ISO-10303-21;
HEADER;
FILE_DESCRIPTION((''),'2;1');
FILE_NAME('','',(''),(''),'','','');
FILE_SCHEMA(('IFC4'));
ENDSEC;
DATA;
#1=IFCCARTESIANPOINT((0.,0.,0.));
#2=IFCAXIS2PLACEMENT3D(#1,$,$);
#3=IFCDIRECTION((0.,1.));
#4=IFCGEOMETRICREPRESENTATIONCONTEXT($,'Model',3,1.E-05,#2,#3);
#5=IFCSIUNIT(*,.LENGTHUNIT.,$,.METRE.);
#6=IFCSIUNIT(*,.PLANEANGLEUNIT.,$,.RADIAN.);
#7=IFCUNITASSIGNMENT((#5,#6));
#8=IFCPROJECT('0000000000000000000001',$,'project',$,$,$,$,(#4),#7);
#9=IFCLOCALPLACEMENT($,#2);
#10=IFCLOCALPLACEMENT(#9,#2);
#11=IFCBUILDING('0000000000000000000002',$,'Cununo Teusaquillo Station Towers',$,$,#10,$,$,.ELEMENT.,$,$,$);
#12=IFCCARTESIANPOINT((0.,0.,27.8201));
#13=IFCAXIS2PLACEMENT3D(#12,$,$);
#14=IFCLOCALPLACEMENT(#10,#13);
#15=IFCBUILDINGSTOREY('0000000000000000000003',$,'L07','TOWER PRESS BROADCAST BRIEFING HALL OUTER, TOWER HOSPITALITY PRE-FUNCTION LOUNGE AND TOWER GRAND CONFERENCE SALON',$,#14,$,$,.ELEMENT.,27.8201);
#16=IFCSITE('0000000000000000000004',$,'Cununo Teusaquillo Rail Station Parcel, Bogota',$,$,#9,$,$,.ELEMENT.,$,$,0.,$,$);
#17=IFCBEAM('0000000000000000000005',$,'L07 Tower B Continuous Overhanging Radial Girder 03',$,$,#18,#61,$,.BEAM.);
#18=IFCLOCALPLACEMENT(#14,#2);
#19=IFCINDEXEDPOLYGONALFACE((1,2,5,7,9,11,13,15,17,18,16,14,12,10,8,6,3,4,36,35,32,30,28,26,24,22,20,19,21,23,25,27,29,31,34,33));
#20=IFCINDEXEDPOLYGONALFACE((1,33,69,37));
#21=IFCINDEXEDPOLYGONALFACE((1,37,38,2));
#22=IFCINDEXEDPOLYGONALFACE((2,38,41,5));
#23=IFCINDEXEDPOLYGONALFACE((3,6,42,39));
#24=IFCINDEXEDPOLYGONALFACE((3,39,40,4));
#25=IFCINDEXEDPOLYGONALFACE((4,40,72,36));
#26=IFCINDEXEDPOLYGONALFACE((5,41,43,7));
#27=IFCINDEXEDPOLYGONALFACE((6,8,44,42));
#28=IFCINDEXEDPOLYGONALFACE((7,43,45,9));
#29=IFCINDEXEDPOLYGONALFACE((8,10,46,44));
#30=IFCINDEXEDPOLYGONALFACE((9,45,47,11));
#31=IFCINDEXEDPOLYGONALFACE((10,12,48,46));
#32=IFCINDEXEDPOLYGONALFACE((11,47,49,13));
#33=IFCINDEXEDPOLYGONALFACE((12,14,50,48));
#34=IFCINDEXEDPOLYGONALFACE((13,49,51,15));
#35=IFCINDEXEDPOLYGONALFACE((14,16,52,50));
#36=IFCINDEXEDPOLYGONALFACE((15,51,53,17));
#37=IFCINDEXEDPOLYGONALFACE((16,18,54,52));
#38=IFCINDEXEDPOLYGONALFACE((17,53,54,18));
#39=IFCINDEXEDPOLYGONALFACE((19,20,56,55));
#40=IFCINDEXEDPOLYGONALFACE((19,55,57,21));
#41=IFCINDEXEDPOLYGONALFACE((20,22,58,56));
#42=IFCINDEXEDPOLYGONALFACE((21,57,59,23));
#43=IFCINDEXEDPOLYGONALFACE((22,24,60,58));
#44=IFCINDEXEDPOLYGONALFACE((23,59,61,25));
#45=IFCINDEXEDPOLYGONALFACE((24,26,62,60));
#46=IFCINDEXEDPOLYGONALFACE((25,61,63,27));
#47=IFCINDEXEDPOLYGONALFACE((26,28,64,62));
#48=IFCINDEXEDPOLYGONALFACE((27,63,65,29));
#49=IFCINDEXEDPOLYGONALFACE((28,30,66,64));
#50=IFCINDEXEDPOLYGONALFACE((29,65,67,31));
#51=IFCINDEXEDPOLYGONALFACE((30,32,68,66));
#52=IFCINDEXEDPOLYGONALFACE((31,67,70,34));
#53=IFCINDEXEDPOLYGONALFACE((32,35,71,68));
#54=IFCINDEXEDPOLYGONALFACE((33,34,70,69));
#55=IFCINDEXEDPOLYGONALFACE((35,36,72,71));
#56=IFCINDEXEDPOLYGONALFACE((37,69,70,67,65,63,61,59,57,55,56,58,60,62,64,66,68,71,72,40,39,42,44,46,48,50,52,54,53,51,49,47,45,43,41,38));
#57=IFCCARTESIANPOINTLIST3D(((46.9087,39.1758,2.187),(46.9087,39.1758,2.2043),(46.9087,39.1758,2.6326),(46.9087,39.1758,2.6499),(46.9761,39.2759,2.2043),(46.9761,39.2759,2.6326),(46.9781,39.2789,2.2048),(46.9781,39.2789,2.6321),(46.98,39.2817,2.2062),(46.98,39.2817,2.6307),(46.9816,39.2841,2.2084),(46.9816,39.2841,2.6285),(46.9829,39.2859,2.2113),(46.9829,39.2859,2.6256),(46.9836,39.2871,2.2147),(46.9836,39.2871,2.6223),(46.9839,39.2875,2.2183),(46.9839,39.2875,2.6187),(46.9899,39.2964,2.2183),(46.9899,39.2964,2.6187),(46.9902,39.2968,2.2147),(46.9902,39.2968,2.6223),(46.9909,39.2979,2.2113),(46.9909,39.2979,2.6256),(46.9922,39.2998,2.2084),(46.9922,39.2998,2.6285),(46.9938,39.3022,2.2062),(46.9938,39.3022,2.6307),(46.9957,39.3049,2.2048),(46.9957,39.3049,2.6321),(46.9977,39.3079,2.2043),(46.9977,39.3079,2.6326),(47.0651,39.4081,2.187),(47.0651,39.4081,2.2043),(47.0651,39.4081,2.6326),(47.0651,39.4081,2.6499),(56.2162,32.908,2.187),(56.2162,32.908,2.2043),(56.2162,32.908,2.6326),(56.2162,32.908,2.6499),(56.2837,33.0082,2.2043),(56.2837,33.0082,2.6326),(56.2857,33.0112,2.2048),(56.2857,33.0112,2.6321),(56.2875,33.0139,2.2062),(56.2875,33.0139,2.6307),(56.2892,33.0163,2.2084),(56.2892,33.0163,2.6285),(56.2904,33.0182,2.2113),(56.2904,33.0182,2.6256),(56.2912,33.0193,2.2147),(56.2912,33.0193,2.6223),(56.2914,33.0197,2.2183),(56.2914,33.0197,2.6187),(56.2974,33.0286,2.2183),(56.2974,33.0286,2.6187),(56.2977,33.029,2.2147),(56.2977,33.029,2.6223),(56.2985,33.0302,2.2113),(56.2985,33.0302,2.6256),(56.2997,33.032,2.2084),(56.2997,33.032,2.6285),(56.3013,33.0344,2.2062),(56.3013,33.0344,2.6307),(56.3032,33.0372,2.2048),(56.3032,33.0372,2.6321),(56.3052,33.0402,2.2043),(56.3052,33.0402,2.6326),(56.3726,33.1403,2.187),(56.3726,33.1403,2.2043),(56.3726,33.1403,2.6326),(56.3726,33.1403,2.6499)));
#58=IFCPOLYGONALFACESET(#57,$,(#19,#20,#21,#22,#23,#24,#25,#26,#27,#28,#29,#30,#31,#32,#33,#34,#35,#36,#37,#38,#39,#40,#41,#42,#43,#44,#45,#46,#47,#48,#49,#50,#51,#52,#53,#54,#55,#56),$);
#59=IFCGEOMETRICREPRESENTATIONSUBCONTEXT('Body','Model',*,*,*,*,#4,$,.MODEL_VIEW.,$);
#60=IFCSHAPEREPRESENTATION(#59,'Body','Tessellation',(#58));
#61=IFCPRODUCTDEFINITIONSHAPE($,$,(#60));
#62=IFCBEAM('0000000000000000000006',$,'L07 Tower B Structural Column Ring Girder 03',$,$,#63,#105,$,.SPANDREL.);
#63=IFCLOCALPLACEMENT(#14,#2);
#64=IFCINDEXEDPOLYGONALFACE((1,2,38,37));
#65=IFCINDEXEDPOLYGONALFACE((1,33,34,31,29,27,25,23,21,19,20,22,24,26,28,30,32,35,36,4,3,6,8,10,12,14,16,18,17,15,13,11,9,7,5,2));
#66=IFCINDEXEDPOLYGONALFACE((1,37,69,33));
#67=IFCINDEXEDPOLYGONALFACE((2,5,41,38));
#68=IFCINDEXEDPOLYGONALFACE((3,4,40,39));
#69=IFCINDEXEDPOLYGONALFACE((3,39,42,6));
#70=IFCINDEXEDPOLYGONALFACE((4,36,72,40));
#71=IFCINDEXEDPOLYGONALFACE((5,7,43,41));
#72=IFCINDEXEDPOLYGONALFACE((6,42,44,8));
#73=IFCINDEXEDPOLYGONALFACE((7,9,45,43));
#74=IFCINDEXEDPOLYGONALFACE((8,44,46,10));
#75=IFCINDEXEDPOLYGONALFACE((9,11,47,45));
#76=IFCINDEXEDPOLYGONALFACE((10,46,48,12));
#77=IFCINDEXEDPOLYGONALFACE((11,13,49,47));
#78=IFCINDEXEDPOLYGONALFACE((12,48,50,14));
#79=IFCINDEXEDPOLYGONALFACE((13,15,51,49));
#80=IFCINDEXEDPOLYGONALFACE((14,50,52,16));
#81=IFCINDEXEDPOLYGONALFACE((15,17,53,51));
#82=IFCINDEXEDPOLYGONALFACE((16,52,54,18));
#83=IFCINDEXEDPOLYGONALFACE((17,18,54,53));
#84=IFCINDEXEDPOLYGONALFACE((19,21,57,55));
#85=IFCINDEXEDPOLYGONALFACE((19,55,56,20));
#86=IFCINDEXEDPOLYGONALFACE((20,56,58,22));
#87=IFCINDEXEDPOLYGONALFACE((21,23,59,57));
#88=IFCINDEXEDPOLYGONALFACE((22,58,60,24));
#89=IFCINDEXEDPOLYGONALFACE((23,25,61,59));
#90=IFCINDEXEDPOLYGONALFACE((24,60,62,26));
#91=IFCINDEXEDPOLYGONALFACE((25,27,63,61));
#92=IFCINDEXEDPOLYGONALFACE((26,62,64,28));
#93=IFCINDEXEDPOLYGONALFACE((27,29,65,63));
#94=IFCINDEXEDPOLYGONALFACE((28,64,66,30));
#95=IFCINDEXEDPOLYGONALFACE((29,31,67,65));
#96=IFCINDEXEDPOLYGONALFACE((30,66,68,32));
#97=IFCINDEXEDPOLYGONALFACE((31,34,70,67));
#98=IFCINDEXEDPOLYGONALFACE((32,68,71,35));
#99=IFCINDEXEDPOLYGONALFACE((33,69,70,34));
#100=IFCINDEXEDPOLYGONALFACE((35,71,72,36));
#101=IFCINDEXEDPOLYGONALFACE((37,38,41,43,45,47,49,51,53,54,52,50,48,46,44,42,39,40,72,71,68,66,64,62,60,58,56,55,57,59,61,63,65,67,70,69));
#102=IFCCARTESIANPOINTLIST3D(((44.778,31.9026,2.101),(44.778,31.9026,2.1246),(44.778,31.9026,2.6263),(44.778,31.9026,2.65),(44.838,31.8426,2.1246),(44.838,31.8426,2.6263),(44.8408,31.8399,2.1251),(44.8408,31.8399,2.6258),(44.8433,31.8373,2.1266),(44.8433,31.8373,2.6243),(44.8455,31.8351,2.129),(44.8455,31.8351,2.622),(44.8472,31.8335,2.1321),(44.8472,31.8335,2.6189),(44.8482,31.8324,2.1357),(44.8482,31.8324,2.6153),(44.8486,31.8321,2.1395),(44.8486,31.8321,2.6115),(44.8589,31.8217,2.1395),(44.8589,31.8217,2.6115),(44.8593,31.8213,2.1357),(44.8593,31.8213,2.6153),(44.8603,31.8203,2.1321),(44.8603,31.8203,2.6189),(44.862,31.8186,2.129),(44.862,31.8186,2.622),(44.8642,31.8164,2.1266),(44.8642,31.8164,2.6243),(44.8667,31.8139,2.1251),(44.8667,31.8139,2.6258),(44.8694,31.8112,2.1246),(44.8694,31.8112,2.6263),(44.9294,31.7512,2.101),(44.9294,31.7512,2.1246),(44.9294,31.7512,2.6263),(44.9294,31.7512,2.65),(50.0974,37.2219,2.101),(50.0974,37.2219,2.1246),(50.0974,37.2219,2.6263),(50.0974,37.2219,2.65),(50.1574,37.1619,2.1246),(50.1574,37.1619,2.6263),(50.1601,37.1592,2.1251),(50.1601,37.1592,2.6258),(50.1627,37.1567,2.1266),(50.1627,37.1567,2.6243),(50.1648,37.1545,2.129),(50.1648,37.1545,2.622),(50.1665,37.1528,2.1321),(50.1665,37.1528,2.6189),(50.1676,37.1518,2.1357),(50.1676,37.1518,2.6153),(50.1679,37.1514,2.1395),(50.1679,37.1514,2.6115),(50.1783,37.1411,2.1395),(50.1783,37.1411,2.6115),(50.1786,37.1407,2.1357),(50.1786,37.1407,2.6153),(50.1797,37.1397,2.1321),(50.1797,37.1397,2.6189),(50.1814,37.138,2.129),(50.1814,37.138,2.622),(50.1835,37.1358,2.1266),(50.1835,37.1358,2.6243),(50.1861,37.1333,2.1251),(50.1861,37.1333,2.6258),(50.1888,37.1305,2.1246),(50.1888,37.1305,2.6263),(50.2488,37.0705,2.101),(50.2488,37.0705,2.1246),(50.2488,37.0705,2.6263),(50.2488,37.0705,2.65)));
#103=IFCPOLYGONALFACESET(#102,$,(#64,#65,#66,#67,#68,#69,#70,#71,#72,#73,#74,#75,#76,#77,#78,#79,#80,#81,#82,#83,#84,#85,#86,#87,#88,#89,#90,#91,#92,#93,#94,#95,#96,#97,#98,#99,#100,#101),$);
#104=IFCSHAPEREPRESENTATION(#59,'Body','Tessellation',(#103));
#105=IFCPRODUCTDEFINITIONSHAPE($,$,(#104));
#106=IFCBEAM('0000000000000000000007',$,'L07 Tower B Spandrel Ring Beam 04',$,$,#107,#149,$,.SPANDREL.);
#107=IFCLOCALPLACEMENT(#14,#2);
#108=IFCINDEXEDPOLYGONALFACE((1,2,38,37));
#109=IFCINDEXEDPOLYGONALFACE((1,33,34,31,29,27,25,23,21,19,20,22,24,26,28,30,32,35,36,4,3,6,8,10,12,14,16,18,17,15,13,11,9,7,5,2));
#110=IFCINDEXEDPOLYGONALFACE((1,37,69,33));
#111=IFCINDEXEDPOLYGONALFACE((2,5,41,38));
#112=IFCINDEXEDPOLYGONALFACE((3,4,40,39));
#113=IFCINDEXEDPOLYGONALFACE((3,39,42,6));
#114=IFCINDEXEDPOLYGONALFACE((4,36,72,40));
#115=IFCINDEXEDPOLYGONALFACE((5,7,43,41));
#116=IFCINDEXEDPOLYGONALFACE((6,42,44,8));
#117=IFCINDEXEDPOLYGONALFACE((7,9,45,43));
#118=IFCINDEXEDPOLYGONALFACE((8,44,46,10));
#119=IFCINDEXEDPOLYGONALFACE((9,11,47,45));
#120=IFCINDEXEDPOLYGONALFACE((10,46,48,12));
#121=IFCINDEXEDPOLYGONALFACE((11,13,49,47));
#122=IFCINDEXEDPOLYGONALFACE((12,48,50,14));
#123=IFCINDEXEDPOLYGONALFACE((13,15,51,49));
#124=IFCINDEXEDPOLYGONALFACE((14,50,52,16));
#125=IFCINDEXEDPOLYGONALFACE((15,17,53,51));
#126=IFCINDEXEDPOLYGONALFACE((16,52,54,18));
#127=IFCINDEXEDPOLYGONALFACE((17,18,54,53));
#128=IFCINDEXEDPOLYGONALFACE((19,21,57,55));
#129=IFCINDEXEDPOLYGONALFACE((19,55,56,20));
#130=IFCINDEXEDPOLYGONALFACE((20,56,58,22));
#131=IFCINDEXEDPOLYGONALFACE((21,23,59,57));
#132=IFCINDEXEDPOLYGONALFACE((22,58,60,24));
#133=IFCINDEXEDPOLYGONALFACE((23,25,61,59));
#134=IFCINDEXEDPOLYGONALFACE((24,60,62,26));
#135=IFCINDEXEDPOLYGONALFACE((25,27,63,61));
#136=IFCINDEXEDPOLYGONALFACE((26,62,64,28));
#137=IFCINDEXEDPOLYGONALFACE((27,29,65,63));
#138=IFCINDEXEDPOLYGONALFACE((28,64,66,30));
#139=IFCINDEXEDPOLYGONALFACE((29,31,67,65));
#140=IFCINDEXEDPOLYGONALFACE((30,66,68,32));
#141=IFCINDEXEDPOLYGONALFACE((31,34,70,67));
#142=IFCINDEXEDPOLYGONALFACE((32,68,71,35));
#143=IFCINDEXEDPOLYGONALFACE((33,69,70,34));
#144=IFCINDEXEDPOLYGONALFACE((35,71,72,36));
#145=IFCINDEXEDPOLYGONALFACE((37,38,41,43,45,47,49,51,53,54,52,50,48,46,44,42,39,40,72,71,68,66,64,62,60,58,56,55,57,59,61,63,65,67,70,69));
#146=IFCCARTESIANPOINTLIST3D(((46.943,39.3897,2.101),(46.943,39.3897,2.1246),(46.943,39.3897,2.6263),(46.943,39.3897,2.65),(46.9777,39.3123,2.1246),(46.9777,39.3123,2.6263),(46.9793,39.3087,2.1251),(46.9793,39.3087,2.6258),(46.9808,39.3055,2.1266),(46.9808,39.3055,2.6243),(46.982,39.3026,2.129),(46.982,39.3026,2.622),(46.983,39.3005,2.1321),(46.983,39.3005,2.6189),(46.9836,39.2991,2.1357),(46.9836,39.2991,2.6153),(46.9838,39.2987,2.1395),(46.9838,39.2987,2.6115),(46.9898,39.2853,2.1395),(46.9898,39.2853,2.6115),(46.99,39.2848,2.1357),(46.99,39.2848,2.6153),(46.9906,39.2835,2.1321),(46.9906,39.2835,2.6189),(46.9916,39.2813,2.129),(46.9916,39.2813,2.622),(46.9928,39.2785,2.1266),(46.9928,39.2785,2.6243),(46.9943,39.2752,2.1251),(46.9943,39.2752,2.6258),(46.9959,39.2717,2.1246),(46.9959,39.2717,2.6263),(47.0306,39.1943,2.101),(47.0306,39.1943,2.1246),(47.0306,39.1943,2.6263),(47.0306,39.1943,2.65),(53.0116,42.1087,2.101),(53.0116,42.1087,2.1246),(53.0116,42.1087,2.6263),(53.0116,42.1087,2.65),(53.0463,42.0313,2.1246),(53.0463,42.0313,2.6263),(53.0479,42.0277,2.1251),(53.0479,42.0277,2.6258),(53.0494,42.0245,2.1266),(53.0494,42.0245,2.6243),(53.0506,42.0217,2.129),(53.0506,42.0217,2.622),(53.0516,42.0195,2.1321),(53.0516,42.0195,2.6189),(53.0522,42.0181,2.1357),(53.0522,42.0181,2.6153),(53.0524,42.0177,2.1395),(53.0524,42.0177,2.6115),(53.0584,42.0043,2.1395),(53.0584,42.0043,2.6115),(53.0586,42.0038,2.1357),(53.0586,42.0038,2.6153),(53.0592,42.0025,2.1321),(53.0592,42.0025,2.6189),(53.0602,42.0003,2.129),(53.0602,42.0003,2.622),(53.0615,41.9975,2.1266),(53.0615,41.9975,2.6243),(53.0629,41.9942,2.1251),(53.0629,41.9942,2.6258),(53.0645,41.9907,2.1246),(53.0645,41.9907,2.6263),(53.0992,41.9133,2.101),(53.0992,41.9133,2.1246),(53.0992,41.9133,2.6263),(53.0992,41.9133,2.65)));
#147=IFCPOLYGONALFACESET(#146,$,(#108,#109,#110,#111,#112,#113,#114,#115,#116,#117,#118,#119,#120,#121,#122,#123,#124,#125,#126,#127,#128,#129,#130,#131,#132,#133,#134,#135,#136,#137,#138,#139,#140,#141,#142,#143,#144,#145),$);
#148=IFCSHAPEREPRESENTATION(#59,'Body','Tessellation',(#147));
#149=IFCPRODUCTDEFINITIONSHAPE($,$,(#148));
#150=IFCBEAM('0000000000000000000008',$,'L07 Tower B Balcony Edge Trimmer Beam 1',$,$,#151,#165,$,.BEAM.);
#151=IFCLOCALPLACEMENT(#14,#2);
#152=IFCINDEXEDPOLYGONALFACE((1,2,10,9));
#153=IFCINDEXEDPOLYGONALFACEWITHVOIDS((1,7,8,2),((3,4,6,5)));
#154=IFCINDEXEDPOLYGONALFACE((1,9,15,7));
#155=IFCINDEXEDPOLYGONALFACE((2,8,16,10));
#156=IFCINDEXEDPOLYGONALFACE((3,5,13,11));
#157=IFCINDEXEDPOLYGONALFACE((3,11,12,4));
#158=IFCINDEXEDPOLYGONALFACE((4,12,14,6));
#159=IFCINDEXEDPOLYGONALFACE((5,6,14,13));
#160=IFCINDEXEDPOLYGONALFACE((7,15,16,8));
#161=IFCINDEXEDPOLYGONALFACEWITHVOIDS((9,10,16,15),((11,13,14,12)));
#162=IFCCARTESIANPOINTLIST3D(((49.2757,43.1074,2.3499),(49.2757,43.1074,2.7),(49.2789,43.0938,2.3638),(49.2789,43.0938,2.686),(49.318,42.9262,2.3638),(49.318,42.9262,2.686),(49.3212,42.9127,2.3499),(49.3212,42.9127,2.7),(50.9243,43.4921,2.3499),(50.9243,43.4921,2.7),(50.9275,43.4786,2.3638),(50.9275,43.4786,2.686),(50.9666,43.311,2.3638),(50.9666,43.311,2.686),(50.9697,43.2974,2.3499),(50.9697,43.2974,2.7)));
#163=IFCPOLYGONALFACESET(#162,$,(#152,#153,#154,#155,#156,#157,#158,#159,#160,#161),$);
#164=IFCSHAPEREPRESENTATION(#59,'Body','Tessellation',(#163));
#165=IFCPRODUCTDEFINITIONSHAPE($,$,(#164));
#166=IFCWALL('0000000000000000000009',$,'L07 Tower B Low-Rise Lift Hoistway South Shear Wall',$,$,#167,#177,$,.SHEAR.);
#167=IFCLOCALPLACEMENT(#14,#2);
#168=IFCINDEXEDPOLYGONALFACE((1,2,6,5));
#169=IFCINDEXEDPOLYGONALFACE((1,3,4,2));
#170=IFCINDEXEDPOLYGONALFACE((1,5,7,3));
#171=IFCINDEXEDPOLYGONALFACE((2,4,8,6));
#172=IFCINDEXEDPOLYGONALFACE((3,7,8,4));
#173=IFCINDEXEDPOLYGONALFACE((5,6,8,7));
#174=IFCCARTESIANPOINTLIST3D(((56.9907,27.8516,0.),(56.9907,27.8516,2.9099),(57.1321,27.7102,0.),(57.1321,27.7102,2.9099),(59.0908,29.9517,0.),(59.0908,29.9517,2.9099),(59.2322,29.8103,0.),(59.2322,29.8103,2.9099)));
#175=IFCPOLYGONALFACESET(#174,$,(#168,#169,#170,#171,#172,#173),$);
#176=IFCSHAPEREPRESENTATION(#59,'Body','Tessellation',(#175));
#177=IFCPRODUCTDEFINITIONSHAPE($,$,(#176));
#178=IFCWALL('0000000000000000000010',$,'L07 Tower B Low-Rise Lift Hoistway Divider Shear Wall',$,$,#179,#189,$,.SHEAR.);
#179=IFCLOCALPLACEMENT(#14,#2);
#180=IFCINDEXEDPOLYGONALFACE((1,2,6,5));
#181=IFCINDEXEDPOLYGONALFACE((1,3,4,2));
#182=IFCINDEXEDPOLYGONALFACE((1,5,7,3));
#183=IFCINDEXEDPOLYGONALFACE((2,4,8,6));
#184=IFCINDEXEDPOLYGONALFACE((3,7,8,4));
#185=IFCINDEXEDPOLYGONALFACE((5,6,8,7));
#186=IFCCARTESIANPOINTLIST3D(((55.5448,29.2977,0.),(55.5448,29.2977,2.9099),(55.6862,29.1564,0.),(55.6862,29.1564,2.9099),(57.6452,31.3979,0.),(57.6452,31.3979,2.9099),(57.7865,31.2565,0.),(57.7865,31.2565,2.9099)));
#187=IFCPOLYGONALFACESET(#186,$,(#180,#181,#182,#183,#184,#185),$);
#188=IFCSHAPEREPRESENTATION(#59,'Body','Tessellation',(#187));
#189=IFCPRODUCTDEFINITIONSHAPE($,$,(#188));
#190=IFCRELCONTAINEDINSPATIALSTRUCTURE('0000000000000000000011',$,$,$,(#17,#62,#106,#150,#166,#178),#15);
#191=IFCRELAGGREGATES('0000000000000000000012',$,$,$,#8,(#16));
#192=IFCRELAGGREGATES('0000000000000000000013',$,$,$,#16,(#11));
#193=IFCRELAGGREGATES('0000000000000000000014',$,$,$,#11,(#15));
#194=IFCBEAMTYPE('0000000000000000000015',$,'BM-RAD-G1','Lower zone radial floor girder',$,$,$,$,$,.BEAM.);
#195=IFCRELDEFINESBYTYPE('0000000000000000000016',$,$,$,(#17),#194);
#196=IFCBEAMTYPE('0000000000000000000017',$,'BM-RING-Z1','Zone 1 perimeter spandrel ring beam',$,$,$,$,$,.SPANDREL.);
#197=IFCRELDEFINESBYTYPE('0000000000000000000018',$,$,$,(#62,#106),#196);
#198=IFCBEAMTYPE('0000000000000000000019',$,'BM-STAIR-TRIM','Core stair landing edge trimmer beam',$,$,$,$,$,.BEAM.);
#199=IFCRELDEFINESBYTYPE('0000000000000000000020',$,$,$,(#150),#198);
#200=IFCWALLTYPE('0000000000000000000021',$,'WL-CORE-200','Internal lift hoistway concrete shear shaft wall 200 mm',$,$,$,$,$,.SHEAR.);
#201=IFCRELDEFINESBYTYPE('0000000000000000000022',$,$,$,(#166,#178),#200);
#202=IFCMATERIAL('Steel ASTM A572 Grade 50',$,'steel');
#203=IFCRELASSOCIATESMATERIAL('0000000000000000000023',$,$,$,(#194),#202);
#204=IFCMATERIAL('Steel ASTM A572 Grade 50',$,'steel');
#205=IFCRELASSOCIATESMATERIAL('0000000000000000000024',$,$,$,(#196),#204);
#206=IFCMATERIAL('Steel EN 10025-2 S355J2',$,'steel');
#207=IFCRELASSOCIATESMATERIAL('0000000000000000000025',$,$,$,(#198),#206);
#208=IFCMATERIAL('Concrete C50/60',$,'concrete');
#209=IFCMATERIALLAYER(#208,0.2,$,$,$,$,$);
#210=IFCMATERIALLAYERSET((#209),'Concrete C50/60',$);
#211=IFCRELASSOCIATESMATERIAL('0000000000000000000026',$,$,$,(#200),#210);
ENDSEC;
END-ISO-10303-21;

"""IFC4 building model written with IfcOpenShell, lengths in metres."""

from ifc_helpers import new_model, si_unit, direction, frame, frame_2d, origin, origin_2d, place, context, subcontext, project, spatial, rectangle, hollow_rectangle, i_section, extrude, material, layer, layer_set, material_profile, profile_set, type_object, element, save


model = new_model("IFC4")

# Units and contexts
model_context = context("Model", 3, precision=1e-05, world=origin(), true_north=direction((0.0, 1.0)))
body_context = subcontext(model_context, "Body", "Model", "MODEL_VIEW")
ifc_project = project(units=[si_unit("LENGTHUNIT", "METRE"), si_unit("PLANEANGLEUNIT", "RADIAN")], contexts=[model_context])

# Site, building, storey
site_placement = place(None, origin())
site = spatial("IfcSite", under=ifc_project, at=site_placement, Name="Cununo Teusaquillo Rail Station Parcel, Bogota", CompositionType="ELEMENT", RefElevation=0.0)
building_placement = place(site_placement, origin())
building = spatial("IfcBuilding", under=site, at=building_placement, Name="Cununo Teusaquillo Station Towers", CompositionType="ELEMENT")
storey_placement = place(building_placement, frame((0.0, 0.0, 27.8201)))
storey = spatial("IfcBuildingStorey", under=building, at=storey_placement, Name="L07", Description="TOWER PRESS BROADCAST BRIEFING HALL OUTER, TOWER HOSPITALITY PRE-FUNCTION LOUNGE AND TOWER GRAND CONFERENCE SALON", CompositionType="ELEMENT", Elevation=27.8201)

# Beams
ifc_material_1 = material(Name="Steel ASTM A572 Grade 50", Category="steel")
ifc_material_profile_1 = material_profile(ifc_material_1, i_section(OverallWidth=0.28, OverallDepth=0.4629, WebThickness=0.0107, FlangeThickness=0.0173, FilletRadius=0.0139, at=origin_2d()), Name="W18X76")
ifc_profile_set_1 = profile_set([ifc_material_profile_1], Name="Steel ASTM A572 Grade 50")
beam_type_1 = type_object("IfcBeamType", Name="BM-RAD-G1", Description="Lower zone radial floor girder", PredefinedType="BEAM", material=ifc_profile_set_1)
beam_1_placement = place(storey_placement, frame((56.2944, 33.0242, 2.4185), z_axis=(-0.829461, 0.558565, 0.0), x_axis=(-0.558565, -0.829461, 0.0)))
element("IfcBeam", 1, at=beam_1_placement, inside=storey, type_object=beam_type_1, Name="L07 Tower B Continuous Overhanging Radial Girder 03", PredefinedType="BEAM", context=body_context, shape_type="SweptSolid", body=[
    extrude(i_section(OverallWidth=0.28, OverallDepth=0.4629, WebThickness=0.0107, FlangeThickness=0.0173, FilletRadius=0.0139, at=origin_2d()), origin(), (0.0, 0.0, 1.0), 11.2212),
])
ifc_material_2 = material(Name="Steel ASTM A572 Grade 50", Category="steel")
ifc_material_profile_2 = material_profile(ifc_material_2, i_section(OverallWidth=0.2141, OverallDepth=0.5491, WebThickness=0.0146, FlangeThickness=0.0237, FilletRadius=0.0149, at=origin_2d()), Name="W21X93")
ifc_profile_set_2 = profile_set([ifc_material_profile_2], Name="Steel ASTM A572 Grade 50")
beam_type_2 = type_object("IfcBeamType", Name="BM-RING-Z1", Description="Zone 1 perimeter spandrel ring beam", PredefinedType="SPANDREL", material=ifc_profile_set_2)
beam_2_placement = place(storey_placement, frame((50.1731, 37.1462, 2.3755), z_axis=(-0.707107, -0.707107, 0.0), x_axis=(0.707107, -0.707107, 0.0)))
element("IfcBeam", 2, at=beam_2_placement, inside=storey, type_object=beam_type_2, Name="L07 Tower B Structural Column Ring Girder 03", PredefinedType="SPANDREL", context=body_context, shape_type="SweptSolid", body=[
    extrude(i_section(OverallWidth=0.2141, OverallDepth=0.5491, WebThickness=0.0146, FlangeThickness=0.0237, FilletRadius=0.0149, at=origin_2d()), origin(), (0.0, 0.0, 1.0), 7.5227),
])
beam_3_placement = place(storey_placement, frame((53.0554, 42.011, 2.3755), z_axis=(-0.912589, -0.408879, 0.0), x_axis=(0.408879, -0.912589, 0.0)))
element("IfcBeam", 3, at=beam_3_placement, inside=storey, type_object=beam_type_2, Name="L07 Tower B Spandrel Ring Beam 04", PredefinedType="SPANDREL", context=body_context, shape_type="SweptSolid", body=[
    extrude(i_section(OverallWidth=0.2141, OverallDepth=0.5491, WebThickness=0.0146, FlangeThickness=0.0237, FilletRadius=0.0149, at=origin_2d()), origin(), (0.0, 0.0, 1.0), 6.6499),
])
ifc_material_3 = material(Name="Steel EN 10025-2 S355J2", Category="steel")
ifc_material_profile_3 = material_profile(ifc_material_3, hollow_rectangle(XDim=0.2, YDim=0.3501, WallThickness=0.0139, at=origin_2d()), Name="RHS 350x200x14")
ifc_profile_set_3 = profile_set([ifc_material_profile_3], Name="Steel EN 10025-2 S355J2")
beam_type_3 = type_object("IfcBeamType", Name="BM-STAIR-TRIM", Description="Core stair landing edge trimmer beam", PredefinedType="BEAM", material=ifc_profile_set_3)
beam_4_placement = place(storey_placement, frame((50.947, 43.3948, 2.5249), z_axis=(-0.973832, -0.227271, 0.0), x_axis=(0.227271, -0.973832, 0.0)))
element("IfcBeam", 4, at=beam_4_placement, inside=storey, type_object=beam_type_3, Name="L07 Tower B Balcony Edge Trimmer Beam 1", PredefinedType="BEAM", context=body_context, shape_type="SweptSolid", body=[
    extrude(hollow_rectangle(XDim=0.2, YDim=0.3501, WallThickness=0.0139, at=origin_2d()), origin(), (0.0, 0.0, 1.0), 1.6929),
])

# Walls
ifc_material_4 = material(Name="Concrete C50/60", Category="concrete")
ifc_layer_1 = layer(ifc_material_4, 0.2)
ifc_layer_set_1 = layer_set([ifc_layer_1], Name="Concrete C50/60")
wall_type_1 = type_object("IfcWallType", Name="WL-CORE-200", Description="Internal lift hoistway concrete shear shaft wall 200 mm", PredefinedType="SHEAR", material=ifc_layer_set_1)
wall_1_placement = place(storey_placement, frame((57.0615, 27.781, 0.0), z_axis=(0.0, 0.0, 1.0), x_axis=(0.707107, 0.707107, 0.0)))
element("IfcWall", 5, at=wall_1_placement, inside=storey, type_object=wall_type_1, Name="L07 Tower B Low-Rise Lift Hoistway South Shear Wall", PredefinedType="SHEAR", context=body_context, shape_type="SweptSolid", body=[
    extrude(rectangle(XDim=2.97, YDim=0.2, at=frame_2d((1.4849, 0.0))), origin(), (0.0, 0.0, 1.0), 2.9099),
])
wall_2_placement = place(storey_placement, frame((55.6155, 29.2271, 0.0), z_axis=(0.0, 0.0, 1.0), x_axis=(0.707148, 0.707066, 0.0)))
element("IfcWall", 6, at=wall_2_placement, inside=storey, type_object=wall_type_1, Name="L07 Tower B Low-Rise Lift Hoistway Divider Shear Wall", PredefinedType="SHEAR", context=body_context, shape_type="SweptSolid", body=[
    extrude(rectangle(XDim=2.9702, YDim=0.2, at=frame_2d((1.4851, 0.0))), origin(), (0.0, 0.0, 1.0), 2.9099),
])

save(model, "model.ifc")
